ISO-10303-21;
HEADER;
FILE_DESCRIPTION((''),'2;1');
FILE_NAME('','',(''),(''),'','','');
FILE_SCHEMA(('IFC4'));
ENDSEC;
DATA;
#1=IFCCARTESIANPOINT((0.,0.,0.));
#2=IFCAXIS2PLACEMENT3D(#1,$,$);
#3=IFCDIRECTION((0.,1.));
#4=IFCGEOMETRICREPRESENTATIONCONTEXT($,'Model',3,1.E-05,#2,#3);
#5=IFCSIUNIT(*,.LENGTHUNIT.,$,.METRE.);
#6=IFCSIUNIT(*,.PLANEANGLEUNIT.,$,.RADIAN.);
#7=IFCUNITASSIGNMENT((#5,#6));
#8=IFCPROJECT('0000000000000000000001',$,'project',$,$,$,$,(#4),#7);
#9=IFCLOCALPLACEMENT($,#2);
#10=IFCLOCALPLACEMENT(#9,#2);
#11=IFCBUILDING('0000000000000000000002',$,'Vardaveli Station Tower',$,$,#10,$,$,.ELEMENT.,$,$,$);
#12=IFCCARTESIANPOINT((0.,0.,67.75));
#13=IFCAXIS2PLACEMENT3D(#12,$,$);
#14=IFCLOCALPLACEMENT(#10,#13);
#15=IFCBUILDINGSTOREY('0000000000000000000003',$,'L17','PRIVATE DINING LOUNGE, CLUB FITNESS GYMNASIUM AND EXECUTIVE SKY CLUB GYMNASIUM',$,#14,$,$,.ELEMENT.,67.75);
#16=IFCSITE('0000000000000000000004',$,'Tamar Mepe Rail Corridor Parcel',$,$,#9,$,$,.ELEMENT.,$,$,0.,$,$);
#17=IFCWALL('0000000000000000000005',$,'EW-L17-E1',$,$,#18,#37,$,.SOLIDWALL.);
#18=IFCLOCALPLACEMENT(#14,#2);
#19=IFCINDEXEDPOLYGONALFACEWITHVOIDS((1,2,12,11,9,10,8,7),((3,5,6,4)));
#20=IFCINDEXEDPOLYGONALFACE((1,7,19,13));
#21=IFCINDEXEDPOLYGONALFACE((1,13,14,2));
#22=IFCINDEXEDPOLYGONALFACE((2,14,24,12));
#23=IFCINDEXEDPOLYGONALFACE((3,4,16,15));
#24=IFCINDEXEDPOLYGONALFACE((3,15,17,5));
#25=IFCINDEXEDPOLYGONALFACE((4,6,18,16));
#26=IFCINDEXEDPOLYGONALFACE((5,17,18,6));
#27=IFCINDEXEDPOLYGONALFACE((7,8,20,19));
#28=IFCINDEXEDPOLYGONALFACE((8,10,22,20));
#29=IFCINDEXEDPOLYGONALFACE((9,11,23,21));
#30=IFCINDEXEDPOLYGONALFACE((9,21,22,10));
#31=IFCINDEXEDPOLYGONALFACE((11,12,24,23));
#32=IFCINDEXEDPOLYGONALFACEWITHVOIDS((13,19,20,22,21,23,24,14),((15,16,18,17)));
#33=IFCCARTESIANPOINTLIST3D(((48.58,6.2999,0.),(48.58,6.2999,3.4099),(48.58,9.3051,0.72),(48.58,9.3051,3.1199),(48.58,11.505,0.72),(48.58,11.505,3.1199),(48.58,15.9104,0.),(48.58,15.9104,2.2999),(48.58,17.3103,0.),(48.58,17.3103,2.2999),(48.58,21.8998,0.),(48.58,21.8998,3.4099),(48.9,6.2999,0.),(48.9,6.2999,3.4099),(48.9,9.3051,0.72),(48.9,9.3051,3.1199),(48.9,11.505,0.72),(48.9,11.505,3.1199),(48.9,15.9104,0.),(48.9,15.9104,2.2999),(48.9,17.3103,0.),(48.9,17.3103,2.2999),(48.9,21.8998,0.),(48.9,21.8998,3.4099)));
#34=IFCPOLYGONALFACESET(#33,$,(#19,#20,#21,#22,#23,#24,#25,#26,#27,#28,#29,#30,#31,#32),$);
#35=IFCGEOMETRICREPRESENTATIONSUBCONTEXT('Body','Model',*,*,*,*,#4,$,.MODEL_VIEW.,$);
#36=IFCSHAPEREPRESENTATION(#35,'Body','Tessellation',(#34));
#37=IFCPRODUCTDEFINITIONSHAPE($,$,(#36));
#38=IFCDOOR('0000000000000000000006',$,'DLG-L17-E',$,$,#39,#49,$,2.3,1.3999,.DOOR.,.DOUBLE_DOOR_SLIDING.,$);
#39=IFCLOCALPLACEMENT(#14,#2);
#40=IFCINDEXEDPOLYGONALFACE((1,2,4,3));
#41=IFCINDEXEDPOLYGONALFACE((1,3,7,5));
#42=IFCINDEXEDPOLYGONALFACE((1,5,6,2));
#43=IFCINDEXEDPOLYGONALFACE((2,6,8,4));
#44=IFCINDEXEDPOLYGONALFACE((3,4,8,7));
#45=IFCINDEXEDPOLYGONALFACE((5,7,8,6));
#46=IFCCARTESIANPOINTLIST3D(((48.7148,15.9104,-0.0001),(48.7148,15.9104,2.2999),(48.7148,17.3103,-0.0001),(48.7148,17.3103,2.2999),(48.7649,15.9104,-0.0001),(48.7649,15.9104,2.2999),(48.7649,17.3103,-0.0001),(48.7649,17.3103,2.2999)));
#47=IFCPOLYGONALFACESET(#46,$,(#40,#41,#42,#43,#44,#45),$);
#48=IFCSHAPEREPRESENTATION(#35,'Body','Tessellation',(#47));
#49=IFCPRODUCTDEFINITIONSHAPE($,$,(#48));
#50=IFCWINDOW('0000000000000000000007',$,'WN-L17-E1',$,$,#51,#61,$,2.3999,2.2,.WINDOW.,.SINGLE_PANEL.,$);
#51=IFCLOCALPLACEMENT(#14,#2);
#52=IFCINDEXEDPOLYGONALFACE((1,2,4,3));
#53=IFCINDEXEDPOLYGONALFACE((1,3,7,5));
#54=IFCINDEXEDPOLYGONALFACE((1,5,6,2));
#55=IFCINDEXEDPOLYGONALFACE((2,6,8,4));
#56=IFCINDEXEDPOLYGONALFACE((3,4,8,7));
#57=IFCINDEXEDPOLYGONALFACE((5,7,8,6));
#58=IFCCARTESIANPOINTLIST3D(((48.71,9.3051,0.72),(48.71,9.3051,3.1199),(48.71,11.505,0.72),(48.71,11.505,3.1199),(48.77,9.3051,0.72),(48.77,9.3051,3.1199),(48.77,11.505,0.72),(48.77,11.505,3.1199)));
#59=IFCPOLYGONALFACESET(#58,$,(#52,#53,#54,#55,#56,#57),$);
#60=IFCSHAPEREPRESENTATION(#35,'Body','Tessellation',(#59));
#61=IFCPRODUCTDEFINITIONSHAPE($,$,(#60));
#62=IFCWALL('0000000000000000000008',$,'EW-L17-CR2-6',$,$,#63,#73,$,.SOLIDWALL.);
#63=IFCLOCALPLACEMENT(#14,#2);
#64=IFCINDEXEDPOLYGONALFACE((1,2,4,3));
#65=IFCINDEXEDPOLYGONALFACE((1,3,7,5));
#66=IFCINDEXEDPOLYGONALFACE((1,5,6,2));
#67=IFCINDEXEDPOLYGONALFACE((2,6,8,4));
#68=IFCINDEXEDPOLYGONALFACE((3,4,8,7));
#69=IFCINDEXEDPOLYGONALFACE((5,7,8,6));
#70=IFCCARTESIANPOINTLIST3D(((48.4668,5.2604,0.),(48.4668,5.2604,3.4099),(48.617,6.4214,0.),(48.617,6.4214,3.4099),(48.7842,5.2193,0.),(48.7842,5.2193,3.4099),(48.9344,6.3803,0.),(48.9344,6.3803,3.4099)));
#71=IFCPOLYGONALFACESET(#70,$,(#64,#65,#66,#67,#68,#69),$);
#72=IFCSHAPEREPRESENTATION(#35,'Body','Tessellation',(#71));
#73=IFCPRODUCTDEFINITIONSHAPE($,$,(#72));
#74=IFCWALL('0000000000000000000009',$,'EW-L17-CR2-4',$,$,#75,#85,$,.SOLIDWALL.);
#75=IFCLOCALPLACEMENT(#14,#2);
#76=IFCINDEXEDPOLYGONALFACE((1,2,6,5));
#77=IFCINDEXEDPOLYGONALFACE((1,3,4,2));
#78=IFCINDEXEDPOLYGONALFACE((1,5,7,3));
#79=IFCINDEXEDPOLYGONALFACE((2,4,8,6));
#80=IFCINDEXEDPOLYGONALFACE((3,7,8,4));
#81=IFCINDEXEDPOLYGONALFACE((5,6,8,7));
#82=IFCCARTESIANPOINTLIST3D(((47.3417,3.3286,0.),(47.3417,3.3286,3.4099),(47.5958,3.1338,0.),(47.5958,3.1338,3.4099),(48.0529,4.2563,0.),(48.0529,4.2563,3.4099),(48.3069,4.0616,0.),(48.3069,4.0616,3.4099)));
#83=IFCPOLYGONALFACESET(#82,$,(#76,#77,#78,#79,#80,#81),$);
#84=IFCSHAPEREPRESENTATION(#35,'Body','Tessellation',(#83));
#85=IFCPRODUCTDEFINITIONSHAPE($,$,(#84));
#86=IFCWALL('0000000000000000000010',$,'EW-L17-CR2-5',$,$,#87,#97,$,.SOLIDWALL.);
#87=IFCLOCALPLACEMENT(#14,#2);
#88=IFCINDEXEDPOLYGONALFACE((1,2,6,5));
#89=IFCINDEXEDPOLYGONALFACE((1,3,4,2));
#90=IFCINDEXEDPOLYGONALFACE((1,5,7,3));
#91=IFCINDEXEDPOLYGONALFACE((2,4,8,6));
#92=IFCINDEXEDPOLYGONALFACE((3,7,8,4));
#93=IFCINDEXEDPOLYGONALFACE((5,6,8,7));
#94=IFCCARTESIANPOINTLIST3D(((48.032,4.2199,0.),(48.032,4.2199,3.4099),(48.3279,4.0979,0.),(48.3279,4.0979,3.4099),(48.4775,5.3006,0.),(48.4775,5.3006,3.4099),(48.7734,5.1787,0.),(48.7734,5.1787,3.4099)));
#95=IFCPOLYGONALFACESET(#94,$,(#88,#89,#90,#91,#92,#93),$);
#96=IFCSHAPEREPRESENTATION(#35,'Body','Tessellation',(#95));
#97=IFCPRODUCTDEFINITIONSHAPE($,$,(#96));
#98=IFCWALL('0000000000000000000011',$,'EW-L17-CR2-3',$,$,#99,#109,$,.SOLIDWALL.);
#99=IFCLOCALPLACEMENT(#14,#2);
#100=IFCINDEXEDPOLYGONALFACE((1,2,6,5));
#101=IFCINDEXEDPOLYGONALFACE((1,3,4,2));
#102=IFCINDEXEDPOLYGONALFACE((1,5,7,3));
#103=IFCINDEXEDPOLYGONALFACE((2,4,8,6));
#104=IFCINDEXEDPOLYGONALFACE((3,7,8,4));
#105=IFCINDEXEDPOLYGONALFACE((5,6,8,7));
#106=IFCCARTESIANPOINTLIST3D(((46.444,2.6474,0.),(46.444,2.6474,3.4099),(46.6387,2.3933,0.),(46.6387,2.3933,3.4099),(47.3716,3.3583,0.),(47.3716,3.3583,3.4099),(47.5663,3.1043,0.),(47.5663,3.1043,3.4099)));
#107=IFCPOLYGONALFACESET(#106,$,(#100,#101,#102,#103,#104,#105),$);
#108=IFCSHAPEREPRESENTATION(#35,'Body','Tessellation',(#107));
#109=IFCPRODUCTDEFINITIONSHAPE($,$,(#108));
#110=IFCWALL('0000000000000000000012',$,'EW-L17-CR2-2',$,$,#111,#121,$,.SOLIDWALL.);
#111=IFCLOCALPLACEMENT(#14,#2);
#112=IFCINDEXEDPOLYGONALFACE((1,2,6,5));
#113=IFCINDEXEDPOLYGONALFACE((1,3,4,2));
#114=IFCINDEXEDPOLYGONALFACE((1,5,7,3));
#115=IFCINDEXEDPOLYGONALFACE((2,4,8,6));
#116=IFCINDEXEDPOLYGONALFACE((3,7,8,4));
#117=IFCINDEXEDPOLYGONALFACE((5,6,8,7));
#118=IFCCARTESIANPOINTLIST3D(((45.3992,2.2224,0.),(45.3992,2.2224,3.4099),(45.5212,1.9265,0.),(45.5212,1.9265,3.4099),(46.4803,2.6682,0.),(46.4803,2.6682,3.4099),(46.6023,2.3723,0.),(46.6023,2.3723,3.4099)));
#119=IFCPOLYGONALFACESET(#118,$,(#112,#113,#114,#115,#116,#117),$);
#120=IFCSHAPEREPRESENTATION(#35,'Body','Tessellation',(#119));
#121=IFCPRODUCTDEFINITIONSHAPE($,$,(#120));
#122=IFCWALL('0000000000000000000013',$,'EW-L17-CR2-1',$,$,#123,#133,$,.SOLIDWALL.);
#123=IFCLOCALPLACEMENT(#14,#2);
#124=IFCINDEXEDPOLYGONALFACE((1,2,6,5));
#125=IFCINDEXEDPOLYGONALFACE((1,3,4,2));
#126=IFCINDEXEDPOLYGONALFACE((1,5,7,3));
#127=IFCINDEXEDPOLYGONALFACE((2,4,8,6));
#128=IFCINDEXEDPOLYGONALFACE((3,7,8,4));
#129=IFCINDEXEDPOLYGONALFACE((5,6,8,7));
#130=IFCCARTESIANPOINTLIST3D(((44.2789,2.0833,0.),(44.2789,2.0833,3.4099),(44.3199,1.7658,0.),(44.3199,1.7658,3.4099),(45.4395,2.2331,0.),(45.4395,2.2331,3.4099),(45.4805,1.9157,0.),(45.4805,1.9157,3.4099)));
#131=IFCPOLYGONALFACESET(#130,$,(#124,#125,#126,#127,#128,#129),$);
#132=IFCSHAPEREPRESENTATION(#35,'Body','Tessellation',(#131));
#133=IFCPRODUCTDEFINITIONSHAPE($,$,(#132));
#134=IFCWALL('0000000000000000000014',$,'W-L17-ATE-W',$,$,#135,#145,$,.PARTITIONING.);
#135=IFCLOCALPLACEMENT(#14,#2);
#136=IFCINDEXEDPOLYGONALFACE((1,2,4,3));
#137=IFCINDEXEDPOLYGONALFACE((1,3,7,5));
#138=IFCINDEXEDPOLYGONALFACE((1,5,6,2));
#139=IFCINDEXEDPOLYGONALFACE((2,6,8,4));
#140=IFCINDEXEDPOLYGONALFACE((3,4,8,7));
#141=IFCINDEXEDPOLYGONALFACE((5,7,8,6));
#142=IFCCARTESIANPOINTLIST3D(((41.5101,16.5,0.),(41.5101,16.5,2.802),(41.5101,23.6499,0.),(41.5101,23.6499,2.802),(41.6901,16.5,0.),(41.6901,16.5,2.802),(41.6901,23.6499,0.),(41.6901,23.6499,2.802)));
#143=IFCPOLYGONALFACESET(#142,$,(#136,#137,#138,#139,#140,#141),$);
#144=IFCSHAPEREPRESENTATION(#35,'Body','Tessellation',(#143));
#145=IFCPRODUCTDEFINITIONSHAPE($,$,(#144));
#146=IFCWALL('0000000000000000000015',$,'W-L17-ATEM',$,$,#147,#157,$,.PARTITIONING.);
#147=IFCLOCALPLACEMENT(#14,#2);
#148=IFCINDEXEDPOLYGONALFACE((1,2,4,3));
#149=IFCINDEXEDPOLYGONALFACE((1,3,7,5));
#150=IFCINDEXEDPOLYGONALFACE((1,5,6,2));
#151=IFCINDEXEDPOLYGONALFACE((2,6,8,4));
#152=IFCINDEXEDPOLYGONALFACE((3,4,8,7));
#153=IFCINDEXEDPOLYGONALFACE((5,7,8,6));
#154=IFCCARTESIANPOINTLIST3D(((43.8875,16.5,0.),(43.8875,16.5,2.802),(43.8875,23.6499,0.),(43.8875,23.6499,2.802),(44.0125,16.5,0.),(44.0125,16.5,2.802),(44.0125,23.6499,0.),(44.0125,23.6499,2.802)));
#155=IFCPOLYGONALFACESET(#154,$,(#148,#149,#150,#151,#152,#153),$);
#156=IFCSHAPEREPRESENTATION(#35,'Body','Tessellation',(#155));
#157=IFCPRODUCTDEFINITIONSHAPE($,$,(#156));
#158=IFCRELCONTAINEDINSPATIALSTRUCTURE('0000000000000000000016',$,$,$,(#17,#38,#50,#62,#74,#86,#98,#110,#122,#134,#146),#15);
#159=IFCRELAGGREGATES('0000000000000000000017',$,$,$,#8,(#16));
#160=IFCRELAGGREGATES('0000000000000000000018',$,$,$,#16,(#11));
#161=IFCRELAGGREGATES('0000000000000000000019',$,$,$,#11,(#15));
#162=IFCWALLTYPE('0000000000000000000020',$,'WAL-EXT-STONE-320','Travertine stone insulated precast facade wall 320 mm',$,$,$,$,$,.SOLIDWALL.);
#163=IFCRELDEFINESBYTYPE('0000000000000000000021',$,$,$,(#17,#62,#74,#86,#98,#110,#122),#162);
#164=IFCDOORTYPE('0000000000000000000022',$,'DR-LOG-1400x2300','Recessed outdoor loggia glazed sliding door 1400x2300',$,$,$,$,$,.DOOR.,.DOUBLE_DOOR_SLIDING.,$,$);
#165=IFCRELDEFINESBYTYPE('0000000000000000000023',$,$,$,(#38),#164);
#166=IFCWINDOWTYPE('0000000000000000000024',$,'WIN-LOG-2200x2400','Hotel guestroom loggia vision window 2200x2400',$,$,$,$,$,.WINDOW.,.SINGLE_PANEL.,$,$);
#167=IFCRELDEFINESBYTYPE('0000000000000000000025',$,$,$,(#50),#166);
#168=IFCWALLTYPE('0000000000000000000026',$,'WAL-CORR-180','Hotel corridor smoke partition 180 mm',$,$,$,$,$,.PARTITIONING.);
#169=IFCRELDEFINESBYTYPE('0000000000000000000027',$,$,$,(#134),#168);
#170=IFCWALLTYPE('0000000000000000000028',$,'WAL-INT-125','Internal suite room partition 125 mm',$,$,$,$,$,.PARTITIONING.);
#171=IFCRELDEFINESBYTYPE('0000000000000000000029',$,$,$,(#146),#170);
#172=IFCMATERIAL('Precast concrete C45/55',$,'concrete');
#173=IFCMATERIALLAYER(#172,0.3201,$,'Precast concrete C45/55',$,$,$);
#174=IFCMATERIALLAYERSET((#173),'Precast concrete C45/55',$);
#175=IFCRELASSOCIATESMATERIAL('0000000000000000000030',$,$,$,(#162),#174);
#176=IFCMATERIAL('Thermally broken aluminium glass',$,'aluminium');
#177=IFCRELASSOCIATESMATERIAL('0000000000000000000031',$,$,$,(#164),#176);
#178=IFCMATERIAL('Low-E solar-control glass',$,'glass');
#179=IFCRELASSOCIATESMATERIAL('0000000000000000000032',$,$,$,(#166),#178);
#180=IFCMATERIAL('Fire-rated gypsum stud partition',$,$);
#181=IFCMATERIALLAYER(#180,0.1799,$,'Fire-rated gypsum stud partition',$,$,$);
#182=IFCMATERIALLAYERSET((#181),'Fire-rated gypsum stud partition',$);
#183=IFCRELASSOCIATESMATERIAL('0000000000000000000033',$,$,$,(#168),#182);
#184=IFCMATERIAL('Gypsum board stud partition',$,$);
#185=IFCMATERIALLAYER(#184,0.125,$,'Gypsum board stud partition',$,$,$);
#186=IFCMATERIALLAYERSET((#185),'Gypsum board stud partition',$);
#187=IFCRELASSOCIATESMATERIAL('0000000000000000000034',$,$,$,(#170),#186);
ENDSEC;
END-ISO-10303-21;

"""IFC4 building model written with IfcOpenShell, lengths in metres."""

from ifc_helpers import new_model, si_unit, direction, frame, frame_2d, origin, place, context, subcontext, project, spatial, rectangle, extrude, source, transform, mapped, material, layer, layer_set, type_object, element, fill, save


model = new_model("IFC4")

# Units and contexts
model_context = context("Model", 3, precision=1e-05, world=origin(), true_north=direction((0.0, 1.0)))
body_context = subcontext(model_context, "Body", "Model", "MODEL_VIEW")
ifc_project = project(units=[si_unit("LENGTHUNIT", "METRE"), si_unit("PLANEANGLEUNIT", "RADIAN")], contexts=[model_context])

# Site, building, storey
site_placement = place(None, origin())
site = spatial("IfcSite", under=ifc_project, at=site_placement, Name="Tamar Mepe Rail Corridor Parcel", CompositionType="ELEMENT", RefElevation=0.0)
building_placement = place(site_placement, origin())
building = spatial("IfcBuilding", under=site, at=building_placement, Name="Vardaveli Station Tower", CompositionType="ELEMENT")
storey_placement = place(building_placement, frame((0.0, 0.0, 67.75)))
storey = spatial("IfcBuildingStorey", under=building, at=storey_placement, Name="L17", Description="PRIVATE DINING LOUNGE, CLUB FITNESS GYMNASIUM AND EXECUTIVE SKY CLUB GYMNASIUM", CompositionType="ELEMENT", Elevation=67.75)

# Shared definitions
ifc_material_1 = material(Name="Precast concrete C45/55", Category="concrete")

# Wall, openings, door, window
ifc_layer_1 = layer(ifc_material_1, 0.3201, Name="Precast concrete C45/55")
ifc_layer_set_1 = layer_set([ifc_layer_1], Name="Precast concrete C45/55")
wall_type_1 = type_object("IfcWallType", Name="WAL-EXT-STONE-320", Description="Travertine stone insulated precast facade wall 320 mm", PredefinedType="SOLIDWALL", material=ifc_layer_set_1)
shared_shape_1 = source(origin(), body_context, "Body", "SweptSolid", [
    extrude(rectangle(XDim=15.5999, YDim=0.3201, at=frame_2d((7.7998, 0.0))), origin(), (0.0, 0.0, 1.0), 3.4099),
])
wall_1_placement = place(storey_placement, frame((48.74, 6.3, 0.0), z_axis=(0.0, 0.0, 1.0), x_axis=(0.0, 1.0, 0.0)))
wall_1 = element("IfcWall", 1, at=wall_1_placement, inside=storey, type_object=wall_type_1, Name="EW-L17-E1", PredefinedType="SOLIDWALL", context=body_context, shape_type="MappedRepresentation", body=[
    mapped(shared_shape_1, transform((0.0, 0.0, 0.0), scale=1.0)),
])
shared_shape_2 = source(origin(), body_context, "Body", "SweptSolid", [
    extrude(rectangle(XDim=1.3999, YDim=2.3, at=frame_2d((0.7, 1.1499))), frame((0.0, 0.1699, 0.0), z_axis=(0.0, -1.0, 0.0), x_axis=(1.0, 0.0, 0.0)), (0.0, 0.0, 1.0), 0.3401),
])
opening_1_placement = place(wall_1_placement, frame((9.6104, 0.0, 0.0)))
opening_1 = element("IfcOpeningElement", 2, at=opening_1_placement, cuts=wall_1, PredefinedType="OPENING", context=body_context, shape_type="MappedRepresentation", body=[
    mapped(shared_shape_2, transform((0.0, 0.0, 0.0), scale=1.0)),
])
shared_shape_3 = source(origin(), body_context, "Body", "SweptSolid", [
    extrude(rectangle(XDim=2.2, YDim=2.3999, at=frame_2d((1.1001, 1.2))), frame((0.0, 0.1699, 0.0), z_axis=(0.0, -1.0, 0.0), x_axis=(1.0, 0.0, 0.0)), (0.0, 0.0, 1.0), 0.3401),
])
opening_2_placement = place(wall_1_placement, frame((3.0049, 0.0, 0.72)))
opening_2 = element("IfcOpeningElement", 3, at=opening_2_placement, cuts=wall_1, PredefinedType="OPENING", context=body_context, shape_type="MappedRepresentation", body=[
    mapped(shared_shape_3, transform((0.0, 0.0, 0.0), scale=1.0)),
])
ifc_material_2 = material(Name="Thermally broken aluminium glass", Category="aluminium")
door_type_1 = type_object("IfcDoorType", Name="DR-LOG-1400x2300", Description="Recessed outdoor loggia glazed sliding door 1400x2300", OperationType="DOUBLE_DOOR_SLIDING", PredefinedType="DOOR", material=ifc_material_2)
shared_shape_4 = source(origin(), body_context, "Body", "SweptSolid", [
    extrude(rectangle(XDim=1.3999, YDim=2.3, at=frame_2d((0.7, 1.1499))), frame((0.0, 0.0249, 0.0), z_axis=(0.0, -1.0, 0.0), x_axis=(1.0, 0.0, 0.0)), (0.0, 0.0, 1.0), 0.05),
])
door_1_placement = place(opening_1_placement, frame((1.3999, 0.0, 0.0), z_axis=(0.0, 0.0, 1.0), x_axis=(-1.0, 0.0, 0.0)))
door_1 = element("IfcDoor", 4, at=door_1_placement, inside=storey, type_object=door_type_1, Name="DLG-L17-E", OperationType="DOUBLE_DOOR_SLIDING", OverallHeight=2.3, OverallWidth=1.3999, PredefinedType="DOOR", context=body_context, shape_type="MappedRepresentation", body=[
    mapped(shared_shape_4, transform((0.0, 0.0, 0.0), scale=1.0)),
])
fill(opening_1, door_1)
ifc_material_3 = material(Name="Low-E solar-control glass", Category="glass")
window_type = type_object("IfcWindowType", Name="WIN-LOG-2200x2400", Description="Hotel guestroom loggia vision window 2200x2400", PartitioningType="SINGLE_PANEL", PredefinedType="WINDOW", material=ifc_material_3)
shared_shape_5 = source(origin(), body_context, "Body", "SweptSolid", [
    extrude(rectangle(XDim=2.2, YDim=2.3999, at=frame_2d((1.1001, 1.2))), frame((0.0, 0.03, 0.0), z_axis=(0.0, -1.0, 0.0), x_axis=(1.0, 0.0, 0.0)), (0.0, 0.0, 1.0), 0.0601),
])
window_placement = place(opening_2_placement, origin())
window = element("IfcWindow", 5, at=window_placement, inside=storey, type_object=window_type, Name="WN-L17-E1", OverallHeight=2.3999, OverallWidth=2.2, PartitioningType="SINGLE_PANEL", PredefinedType="WINDOW", context=body_context, shape_type="MappedRepresentation", body=[
    mapped(shared_shape_5, transform((0.0, 0.0, 0.0), scale=1.0)),
])
fill(opening_2, window)

# Walls
shared_shape_6 = source(origin(), body_context, "Body", "SweptSolid", [
    extrude(rectangle(XDim=1.1707, YDim=0.3201, at=frame_2d((0.5854, 0.0))), origin(), (0.0, 0.0, 1.0), 3.4099),
])
wall_2_placement = place(storey_placement, frame((48.6255, 5.2397, 0.0), z_axis=(0.0, 0.0, 1.0), x_axis=(0.128269, 0.991739, 0.0)))
element("IfcWall", 6, at=wall_2_placement, inside=storey, type_object=wall_type_1, Name="EW-L17-CR2-6", PredefinedType="SOLIDWALL", context=body_context, shape_type="MappedRepresentation", body=[
    mapped(shared_shape_6, transform((0.0, 0.0, 0.0), scale=1.0)),
])
shared_shape_7 = source(origin(), body_context, "Body", "SweptSolid", [
    extrude(rectangle(XDim=1.1689, YDim=0.3201, at=frame_2d((0.5845, 0.0))), origin(), (0.0, 0.0, 1.0), 3.4099),
])
for number, where, z_axis, x_axis, name in (
    (7, (47.4688, 3.2312, 0.0), (0.0, 0.0, 1.0), (0.608388, 0.79364, 0.0), "EW-L17-CR2-4"),
    (8, (48.1799, 4.1589, 0.0), (0.0, 0.0, 1.0), (0.381128, 0.924522, 0.0), "EW-L17-CR2-5"),
):
    element("IfcWall", number, at=place(storey_placement, frame(where, z_axis=z_axis, x_axis=x_axis)), inside=storey, type_object=wall_type_1, Name=name, PredefinedType="SOLIDWALL", context=body_context, shape_type="MappedRepresentation", body=[
        mapped(shared_shape_7, transform((0.0, 0.0, 0.0), scale=1.0)),
    ])
shared_shape_8 = source(origin(), body_context, "Body", "SweptSolid", [
    extrude(rectangle(XDim=1.1687, YDim=0.3201, at=frame_2d((0.5845, 0.0))), origin(), (0.0, 0.0, 1.0), 3.4099),
])
wall_3_placement = place(storey_placement, frame((46.5413, 2.5203, 0.0), z_axis=(0.0, 0.0, 1.0), x_axis=(0.793664, 0.608357, 0.0)))
element("IfcWall", 9, at=wall_3_placement, inside=storey, type_object=wall_type_1, Name="EW-L17-CR2-3", PredefinedType="SOLIDWALL", context=body_context, shape_type="MappedRepresentation", body=[
    mapped(shared_shape_8, transform((0.0, 0.0, 0.0), scale=1.0)),
])
shared_shape_9 = source(origin(), body_context, "Body", "SweptSolid", [
    extrude(rectangle(XDim=1.1694, YDim=0.3201, at=frame_2d((0.5847, 0.0))), origin(), (0.0, 0.0, 1.0), 3.4099),
])
wall_4_placement = place(storey_placement, frame((45.4602, 2.0745, 0.0), z_axis=(0.0, 0.0, 1.0), x_axis=(0.924479, 0.381233, 0.0)))
element("IfcWall", 10, at=wall_4_placement, inside=storey, type_object=wall_type_1, Name="EW-L17-CR2-2", PredefinedType="SOLIDWALL", context=body_context, shape_type="MappedRepresentation", body=[
    mapped(shared_shape_9, transform((0.0, 0.0, 0.0), scale=1.0)),
])
shared_shape_10 = source(origin(), body_context, "Body", "SweptSolid", [
    extrude(rectangle(XDim=1.1702, YDim=0.3201, at=frame_2d((0.585, 0.0))), origin(), (0.0, 0.0, 1.0), 3.4099),
])
wall_5_placement = place(storey_placement, frame((44.2996, 1.9246, 0.0), z_axis=(0.0, 0.0, 1.0), x_axis=(0.991762, 0.12809, 0.0)))
element("IfcWall", 11, at=wall_5_placement, inside=storey, type_object=wall_type_1, Name="EW-L17-CR2-1", PredefinedType="SOLIDWALL", context=body_context, shape_type="MappedRepresentation", body=[
    mapped(shared_shape_10, transform((0.0, 0.0, 0.0), scale=1.0)),
])

# Shared definitions
ifc_material_4 = material(Name="Fire-rated gypsum stud partition")
ifc_layer_2 = layer(ifc_material_4, 0.1799, Name="Fire-rated gypsum stud partition")
ifc_layer_set_2 = layer_set([ifc_layer_2], Name="Fire-rated gypsum stud partition")
wall_type_2 = type_object("IfcWallType", Name="WAL-CORR-180", Description="Hotel corridor smoke partition 180 mm", PredefinedType="PARTITIONING", material=ifc_layer_set_2)

# Walls
shared_shape_11 = source(origin(), body_context, "Body", "SweptSolid", [
    extrude(rectangle(XDim=7.1499, YDim=0.1799, at=frame_2d((3.575, 0.0))), origin(), (0.0, 0.0, 1.0), 2.802),
])
wall_6_placement = place(storey_placement, frame((41.6001, 16.5, 0.0), z_axis=(0.0, 0.0, 1.0), x_axis=(0.0, 1.0, 0.0)))
element("IfcWall", 12, at=wall_6_placement, inside=storey, type_object=wall_type_2, Name="W-L17-ATE-W", PredefinedType="PARTITIONING", context=body_context, shape_type="MappedRepresentation", body=[
    mapped(shared_shape_11, transform((0.0, 0.0, 0.0), scale=1.0)),
])
ifc_material_5 = material(Name="Gypsum board stud partition")
ifc_layer_3 = layer(ifc_material_5, 0.125, Name="Gypsum board stud partition")
ifc_layer_set_3 = layer_set([ifc_layer_3], Name="Gypsum board stud partition")
wall_type_3 = type_object("IfcWallType", Name="WAL-INT-125", Description="Internal suite room partition 125 mm", PredefinedType="PARTITIONING", material=ifc_layer_set_3)
shared_shape_12 = source(origin(), body_context, "Body", "SweptSolid", [
    extrude(rectangle(XDim=7.1499, YDim=0.125, at=frame_2d((3.575, 0.0))), origin(), (0.0, 0.0, 1.0), 2.802),
])
wall_7_placement = place(storey_placement, frame((43.95, 16.5, 0.0), z_axis=(0.0, 0.0, 1.0), x_axis=(0.0, 1.0, 0.0)))
element("IfcWall", 13, at=wall_7_placement, inside=storey, type_object=wall_type_3, Name="W-L17-ATEM", PredefinedType="PARTITIONING", context=body_context, shape_type="MappedRepresentation", body=[
    mapped(shared_shape_12, transform((0.0, 0.0, 0.0), scale=1.0)),
])

save(model, "model.ifc")
